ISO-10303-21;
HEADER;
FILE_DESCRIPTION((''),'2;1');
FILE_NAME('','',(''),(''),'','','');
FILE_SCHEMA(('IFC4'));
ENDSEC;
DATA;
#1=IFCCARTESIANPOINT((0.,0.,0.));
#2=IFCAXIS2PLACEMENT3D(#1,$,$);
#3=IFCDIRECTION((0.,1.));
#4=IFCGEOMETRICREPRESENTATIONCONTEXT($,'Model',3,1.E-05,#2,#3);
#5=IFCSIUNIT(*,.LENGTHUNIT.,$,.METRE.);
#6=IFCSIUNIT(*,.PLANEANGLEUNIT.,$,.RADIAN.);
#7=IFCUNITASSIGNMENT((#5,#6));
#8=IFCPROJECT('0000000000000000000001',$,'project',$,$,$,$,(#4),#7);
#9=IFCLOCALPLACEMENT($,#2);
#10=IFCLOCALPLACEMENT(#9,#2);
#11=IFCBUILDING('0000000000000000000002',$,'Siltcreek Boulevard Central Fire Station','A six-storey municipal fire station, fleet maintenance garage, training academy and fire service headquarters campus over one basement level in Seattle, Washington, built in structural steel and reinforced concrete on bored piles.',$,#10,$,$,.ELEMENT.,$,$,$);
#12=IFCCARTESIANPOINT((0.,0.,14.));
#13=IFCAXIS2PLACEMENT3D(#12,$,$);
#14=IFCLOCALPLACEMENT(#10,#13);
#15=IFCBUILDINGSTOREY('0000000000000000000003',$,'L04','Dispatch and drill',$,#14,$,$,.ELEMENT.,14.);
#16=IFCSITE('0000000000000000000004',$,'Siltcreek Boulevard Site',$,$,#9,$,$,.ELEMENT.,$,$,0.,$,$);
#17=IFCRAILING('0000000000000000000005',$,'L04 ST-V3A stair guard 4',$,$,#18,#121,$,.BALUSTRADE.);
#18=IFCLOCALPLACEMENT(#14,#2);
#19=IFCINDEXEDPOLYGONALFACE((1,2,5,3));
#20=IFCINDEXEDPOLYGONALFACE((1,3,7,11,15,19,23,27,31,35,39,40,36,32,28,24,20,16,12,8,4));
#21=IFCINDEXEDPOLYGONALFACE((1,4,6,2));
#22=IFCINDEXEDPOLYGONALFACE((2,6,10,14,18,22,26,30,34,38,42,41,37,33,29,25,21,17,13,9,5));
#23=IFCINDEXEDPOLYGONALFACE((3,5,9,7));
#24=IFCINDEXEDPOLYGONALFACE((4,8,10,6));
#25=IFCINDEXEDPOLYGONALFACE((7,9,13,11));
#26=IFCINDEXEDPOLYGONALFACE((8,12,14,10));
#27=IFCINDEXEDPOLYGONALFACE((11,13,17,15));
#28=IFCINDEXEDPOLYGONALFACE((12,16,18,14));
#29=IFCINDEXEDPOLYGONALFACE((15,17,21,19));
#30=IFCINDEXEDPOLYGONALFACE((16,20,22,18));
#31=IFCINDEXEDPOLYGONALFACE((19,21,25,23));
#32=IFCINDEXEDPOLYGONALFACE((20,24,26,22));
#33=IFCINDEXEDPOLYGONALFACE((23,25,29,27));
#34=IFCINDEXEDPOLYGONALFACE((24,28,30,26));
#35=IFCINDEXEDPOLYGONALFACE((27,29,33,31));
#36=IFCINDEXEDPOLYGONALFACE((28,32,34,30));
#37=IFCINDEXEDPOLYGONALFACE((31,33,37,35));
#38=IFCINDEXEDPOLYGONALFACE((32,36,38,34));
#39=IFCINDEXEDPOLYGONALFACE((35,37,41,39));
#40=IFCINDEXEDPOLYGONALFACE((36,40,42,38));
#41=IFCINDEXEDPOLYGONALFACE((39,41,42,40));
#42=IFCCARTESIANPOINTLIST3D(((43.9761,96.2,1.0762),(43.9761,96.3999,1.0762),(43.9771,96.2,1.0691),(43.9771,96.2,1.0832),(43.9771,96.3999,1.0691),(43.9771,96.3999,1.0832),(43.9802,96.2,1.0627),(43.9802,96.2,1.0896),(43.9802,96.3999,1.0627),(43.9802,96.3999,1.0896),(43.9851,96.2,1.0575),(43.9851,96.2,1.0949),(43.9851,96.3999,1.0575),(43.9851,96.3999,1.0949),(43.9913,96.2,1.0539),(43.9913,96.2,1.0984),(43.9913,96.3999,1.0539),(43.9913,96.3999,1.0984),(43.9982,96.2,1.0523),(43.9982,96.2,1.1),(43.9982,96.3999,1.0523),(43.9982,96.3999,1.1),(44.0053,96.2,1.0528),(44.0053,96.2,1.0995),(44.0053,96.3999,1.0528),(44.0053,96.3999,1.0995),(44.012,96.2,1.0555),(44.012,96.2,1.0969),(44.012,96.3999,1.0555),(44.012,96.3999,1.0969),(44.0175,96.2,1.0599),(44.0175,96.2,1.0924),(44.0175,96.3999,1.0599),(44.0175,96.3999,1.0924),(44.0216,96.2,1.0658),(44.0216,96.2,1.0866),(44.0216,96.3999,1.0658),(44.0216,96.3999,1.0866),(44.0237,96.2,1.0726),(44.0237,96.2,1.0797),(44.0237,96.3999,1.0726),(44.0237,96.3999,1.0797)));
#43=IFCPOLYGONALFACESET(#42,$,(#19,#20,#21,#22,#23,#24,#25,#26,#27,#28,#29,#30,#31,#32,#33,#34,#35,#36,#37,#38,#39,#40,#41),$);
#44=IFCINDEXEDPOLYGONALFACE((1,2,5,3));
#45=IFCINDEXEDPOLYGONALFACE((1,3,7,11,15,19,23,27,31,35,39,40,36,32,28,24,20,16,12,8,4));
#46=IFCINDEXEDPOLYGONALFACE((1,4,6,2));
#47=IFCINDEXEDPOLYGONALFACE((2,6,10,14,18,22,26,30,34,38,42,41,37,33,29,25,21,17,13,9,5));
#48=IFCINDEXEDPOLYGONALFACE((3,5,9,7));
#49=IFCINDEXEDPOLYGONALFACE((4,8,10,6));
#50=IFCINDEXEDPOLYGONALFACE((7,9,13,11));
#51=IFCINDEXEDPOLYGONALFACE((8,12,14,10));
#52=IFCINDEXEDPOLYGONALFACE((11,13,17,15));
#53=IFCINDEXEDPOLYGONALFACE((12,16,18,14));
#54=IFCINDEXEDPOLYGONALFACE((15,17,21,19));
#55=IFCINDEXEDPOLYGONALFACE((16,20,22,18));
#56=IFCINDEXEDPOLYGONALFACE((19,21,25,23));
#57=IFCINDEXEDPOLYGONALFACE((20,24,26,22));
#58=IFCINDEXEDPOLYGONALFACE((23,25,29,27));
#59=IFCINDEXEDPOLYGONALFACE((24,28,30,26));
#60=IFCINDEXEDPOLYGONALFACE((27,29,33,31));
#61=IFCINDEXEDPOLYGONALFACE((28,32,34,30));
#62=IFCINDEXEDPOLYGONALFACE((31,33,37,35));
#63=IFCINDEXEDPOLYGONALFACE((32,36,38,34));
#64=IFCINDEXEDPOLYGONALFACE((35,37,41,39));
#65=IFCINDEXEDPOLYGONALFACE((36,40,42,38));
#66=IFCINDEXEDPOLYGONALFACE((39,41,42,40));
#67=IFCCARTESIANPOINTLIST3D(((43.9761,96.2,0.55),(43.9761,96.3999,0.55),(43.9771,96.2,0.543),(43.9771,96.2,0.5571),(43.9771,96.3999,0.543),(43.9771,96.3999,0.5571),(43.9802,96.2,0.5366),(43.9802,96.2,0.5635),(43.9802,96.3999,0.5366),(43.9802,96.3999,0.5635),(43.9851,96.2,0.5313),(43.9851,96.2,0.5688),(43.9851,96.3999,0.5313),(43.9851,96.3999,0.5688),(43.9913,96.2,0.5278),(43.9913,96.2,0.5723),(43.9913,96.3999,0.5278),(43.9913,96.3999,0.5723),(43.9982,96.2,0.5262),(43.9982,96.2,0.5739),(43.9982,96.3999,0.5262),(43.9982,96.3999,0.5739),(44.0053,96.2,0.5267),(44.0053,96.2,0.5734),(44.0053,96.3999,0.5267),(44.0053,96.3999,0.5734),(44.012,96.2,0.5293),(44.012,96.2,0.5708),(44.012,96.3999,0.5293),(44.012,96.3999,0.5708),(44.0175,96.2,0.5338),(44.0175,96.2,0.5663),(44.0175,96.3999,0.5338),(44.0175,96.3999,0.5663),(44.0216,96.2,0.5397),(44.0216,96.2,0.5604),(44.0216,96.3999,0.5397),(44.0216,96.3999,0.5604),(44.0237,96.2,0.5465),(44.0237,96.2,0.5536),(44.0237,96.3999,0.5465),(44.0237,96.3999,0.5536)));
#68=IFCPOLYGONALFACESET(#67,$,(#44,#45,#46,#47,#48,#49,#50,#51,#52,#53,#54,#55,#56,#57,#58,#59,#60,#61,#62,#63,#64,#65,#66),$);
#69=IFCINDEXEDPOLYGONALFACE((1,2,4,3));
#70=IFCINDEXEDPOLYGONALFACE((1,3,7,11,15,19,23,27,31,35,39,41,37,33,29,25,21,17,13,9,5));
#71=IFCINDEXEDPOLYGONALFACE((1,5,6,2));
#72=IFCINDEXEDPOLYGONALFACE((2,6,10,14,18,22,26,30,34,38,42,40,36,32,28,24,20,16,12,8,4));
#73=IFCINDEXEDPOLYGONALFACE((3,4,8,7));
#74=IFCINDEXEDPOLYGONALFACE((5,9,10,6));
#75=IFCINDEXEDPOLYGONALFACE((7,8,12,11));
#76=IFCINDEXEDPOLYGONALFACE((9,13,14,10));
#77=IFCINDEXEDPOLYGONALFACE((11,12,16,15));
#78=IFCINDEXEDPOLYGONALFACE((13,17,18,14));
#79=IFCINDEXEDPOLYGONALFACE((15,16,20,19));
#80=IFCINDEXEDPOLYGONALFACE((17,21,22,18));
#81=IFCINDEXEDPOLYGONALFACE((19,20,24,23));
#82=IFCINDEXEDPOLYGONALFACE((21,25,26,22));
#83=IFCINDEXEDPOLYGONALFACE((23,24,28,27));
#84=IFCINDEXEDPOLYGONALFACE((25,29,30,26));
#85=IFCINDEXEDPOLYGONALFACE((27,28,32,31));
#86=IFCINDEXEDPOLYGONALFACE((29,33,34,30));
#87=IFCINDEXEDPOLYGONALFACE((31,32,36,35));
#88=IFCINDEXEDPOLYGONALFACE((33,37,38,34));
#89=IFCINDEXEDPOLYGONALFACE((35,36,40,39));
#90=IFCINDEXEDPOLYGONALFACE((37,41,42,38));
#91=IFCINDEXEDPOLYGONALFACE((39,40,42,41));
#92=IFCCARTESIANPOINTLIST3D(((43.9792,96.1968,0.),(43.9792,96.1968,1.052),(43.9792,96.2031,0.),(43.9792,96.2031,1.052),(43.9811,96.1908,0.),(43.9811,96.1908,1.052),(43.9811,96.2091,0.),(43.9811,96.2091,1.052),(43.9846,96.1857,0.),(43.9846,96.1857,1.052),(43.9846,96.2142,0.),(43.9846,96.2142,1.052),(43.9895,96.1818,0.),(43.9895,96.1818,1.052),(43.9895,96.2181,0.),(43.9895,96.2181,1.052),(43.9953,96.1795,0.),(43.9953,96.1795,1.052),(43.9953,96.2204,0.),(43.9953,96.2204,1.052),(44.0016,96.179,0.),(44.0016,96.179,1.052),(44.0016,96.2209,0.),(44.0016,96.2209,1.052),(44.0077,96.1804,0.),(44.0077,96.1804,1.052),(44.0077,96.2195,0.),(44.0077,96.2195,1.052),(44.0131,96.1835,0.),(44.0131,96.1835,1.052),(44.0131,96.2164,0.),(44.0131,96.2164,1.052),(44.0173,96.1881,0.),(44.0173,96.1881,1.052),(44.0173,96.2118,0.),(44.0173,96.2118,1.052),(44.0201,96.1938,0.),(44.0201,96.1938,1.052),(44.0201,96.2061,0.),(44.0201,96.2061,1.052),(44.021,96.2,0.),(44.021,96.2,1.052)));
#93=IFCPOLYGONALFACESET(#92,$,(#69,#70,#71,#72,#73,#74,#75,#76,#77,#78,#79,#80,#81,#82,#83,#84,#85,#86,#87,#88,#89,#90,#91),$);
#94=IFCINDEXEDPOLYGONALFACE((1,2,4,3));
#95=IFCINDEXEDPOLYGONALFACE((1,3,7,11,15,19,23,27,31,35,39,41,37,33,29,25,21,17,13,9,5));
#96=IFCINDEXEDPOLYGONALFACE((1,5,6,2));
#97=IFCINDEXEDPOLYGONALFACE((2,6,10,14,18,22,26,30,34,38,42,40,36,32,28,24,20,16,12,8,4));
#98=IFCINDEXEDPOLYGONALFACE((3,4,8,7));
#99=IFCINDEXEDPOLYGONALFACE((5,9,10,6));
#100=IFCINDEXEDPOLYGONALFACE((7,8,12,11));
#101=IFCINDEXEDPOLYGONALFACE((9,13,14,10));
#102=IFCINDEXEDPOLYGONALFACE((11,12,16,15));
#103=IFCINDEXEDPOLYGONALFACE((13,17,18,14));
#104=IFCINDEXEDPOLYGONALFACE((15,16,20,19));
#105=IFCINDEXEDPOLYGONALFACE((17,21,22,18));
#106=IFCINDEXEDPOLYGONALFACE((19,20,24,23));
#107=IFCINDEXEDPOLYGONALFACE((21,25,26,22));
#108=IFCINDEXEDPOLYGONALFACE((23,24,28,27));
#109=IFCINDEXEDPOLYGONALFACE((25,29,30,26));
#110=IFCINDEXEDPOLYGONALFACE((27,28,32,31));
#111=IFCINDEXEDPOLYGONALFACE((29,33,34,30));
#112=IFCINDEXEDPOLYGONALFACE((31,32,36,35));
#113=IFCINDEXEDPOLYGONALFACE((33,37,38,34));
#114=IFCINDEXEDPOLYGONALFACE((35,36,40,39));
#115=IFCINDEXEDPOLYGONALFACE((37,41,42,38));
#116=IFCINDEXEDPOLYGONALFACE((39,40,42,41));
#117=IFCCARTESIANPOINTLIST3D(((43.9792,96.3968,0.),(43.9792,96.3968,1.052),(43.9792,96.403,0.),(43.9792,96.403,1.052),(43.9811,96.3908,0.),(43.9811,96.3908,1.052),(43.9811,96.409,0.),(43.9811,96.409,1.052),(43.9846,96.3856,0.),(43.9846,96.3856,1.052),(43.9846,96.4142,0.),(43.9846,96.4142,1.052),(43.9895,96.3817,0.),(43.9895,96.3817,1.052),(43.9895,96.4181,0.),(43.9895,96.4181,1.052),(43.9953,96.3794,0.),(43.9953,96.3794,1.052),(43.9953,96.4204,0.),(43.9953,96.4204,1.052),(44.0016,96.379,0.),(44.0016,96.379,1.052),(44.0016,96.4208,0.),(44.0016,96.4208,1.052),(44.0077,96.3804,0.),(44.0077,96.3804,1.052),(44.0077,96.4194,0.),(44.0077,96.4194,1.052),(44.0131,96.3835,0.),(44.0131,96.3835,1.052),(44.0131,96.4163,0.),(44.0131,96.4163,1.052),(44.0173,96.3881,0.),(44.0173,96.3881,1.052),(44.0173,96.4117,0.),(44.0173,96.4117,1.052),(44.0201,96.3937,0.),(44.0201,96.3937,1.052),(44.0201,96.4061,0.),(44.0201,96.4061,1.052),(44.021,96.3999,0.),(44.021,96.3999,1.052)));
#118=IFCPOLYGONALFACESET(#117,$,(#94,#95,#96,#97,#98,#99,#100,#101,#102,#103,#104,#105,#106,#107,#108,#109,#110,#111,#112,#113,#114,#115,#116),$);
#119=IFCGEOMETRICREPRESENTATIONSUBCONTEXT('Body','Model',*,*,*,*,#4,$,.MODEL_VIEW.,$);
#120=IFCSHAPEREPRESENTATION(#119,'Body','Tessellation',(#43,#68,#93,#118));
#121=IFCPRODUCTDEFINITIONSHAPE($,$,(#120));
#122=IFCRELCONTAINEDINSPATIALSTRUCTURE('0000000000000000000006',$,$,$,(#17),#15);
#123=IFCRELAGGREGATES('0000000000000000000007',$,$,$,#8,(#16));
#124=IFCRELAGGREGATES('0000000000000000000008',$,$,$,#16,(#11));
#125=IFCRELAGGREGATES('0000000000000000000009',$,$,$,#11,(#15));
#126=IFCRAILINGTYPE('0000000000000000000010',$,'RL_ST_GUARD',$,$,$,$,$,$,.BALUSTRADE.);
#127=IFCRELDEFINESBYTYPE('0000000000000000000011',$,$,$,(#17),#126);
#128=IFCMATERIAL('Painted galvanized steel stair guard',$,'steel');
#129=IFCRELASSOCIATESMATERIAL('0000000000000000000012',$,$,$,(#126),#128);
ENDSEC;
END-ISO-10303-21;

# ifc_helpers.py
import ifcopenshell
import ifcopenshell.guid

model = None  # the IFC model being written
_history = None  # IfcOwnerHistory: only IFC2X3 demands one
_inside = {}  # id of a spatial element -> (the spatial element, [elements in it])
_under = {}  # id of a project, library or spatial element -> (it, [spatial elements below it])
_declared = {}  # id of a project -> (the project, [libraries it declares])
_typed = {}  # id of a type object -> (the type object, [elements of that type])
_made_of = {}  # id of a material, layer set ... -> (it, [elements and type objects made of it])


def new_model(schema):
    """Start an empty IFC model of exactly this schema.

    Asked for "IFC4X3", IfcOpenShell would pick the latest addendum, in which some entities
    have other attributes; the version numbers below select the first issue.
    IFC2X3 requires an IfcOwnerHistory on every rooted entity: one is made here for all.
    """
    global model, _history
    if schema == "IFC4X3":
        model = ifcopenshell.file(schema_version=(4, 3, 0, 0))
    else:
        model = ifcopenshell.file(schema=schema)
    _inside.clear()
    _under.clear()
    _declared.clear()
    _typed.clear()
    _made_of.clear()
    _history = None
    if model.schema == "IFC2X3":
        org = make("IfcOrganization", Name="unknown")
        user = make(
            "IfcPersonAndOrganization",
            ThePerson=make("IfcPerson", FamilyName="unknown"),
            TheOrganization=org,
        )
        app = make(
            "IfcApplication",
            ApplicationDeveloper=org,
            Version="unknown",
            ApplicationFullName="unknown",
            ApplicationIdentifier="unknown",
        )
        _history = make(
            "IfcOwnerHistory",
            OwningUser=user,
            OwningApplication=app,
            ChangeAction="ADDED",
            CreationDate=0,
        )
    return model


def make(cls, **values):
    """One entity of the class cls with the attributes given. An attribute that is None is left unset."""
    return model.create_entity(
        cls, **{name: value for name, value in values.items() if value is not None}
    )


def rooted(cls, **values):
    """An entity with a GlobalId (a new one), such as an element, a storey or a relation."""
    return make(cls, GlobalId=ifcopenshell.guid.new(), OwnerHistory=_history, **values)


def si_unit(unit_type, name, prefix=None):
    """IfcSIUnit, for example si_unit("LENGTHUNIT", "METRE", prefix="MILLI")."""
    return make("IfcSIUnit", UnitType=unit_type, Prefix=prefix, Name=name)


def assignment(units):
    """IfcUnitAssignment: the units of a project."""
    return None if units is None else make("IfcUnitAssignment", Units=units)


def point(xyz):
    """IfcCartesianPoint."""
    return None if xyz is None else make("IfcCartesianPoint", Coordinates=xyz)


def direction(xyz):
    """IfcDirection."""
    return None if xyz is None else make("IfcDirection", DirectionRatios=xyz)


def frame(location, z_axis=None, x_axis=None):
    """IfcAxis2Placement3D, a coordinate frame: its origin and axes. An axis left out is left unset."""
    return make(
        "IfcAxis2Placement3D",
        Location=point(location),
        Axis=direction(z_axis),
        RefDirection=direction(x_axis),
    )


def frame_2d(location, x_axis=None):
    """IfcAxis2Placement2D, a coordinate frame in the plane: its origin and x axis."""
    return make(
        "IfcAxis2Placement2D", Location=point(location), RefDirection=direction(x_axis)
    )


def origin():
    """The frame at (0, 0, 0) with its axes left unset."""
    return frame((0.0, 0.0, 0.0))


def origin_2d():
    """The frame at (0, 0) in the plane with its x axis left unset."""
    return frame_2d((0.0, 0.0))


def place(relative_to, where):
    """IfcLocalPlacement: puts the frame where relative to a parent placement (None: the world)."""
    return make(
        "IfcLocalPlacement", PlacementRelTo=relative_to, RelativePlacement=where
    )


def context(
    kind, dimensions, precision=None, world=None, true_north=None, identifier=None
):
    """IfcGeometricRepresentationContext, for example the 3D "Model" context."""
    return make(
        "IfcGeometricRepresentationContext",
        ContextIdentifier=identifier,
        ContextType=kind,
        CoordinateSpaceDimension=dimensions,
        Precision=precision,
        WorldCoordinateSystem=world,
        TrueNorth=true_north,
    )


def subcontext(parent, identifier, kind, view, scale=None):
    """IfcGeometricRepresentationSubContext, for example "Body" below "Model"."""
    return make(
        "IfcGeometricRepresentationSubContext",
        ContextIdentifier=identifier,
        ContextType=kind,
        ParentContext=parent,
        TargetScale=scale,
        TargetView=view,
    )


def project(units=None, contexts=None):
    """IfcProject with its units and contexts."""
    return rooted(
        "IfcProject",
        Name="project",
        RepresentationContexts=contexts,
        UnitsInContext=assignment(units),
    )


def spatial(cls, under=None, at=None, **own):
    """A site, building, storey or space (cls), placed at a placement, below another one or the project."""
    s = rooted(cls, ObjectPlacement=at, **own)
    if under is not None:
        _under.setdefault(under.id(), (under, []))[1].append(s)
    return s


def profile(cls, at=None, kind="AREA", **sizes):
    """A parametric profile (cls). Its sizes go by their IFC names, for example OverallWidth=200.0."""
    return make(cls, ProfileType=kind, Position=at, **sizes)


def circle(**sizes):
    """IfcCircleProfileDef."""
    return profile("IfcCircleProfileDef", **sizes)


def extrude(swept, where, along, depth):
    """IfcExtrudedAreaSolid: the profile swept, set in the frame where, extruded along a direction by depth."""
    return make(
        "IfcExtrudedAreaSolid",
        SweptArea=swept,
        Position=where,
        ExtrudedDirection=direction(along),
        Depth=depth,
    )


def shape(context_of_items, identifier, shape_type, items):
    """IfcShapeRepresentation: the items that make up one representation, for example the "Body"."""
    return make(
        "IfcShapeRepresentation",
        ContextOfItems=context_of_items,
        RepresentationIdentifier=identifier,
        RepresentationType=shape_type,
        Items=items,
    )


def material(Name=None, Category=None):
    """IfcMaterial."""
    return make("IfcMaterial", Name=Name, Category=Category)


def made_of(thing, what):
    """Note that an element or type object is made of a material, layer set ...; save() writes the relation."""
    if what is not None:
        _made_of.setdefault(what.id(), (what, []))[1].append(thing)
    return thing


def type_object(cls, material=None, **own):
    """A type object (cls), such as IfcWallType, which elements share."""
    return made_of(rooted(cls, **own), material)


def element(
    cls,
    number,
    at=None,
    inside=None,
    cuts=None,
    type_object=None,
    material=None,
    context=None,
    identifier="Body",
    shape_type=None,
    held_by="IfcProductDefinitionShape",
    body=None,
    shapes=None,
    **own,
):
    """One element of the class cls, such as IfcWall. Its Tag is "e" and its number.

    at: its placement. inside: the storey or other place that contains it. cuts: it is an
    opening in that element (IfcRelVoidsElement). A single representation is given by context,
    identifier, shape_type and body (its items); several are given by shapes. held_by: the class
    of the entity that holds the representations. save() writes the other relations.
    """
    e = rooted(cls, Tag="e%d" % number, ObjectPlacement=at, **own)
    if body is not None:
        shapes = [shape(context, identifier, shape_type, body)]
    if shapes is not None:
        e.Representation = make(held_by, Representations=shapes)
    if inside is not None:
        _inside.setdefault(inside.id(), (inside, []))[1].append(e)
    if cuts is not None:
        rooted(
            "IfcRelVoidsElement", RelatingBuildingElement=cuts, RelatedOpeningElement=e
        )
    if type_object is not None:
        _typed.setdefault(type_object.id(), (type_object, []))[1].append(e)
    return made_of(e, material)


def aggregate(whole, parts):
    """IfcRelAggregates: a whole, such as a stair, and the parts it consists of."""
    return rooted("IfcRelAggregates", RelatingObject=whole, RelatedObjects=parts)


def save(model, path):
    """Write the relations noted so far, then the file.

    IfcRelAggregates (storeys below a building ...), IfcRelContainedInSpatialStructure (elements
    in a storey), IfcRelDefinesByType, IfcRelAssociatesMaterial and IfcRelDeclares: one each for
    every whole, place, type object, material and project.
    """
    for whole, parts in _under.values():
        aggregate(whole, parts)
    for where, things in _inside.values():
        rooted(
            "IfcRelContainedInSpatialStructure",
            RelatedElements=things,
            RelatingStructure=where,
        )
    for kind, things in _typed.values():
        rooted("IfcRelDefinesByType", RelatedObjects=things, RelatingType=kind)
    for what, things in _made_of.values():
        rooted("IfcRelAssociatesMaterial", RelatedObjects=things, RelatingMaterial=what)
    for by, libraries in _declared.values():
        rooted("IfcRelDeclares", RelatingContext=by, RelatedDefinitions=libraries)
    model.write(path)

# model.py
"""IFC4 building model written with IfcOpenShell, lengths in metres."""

from ifc_helpers import new_model, si_unit, direction, frame, origin, origin_2d, place, context, subcontext, project, spatial, circle, extrude, material, type_object, element, save


model = new_model("IFC4")

# Units and contexts
model_context = context("Model", 3, precision=1e-05, world=origin(), true_north=direction((0.0, 1.0)))
body_context = subcontext(model_context, "Body", "Model", "MODEL_VIEW")
ifc_project = project(units=[si_unit("LENGTHUNIT", "METRE"), si_unit("PLANEANGLEUNIT", "RADIAN")], contexts=[model_context])

# Site, building, storey
site_placement = place(None, origin())
site = spatial("IfcSite", under=ifc_project, at=site_placement, Name="Siltcreek Boulevard Site", CompositionType="ELEMENT", RefElevation=0.0)
building_placement = place(site_placement, origin())
building = spatial("IfcBuilding", under=site, at=building_placement, Name="Siltcreek Boulevard Central Fire Station", Description="A six-storey municipal fire station, fleet maintenance garage, training academy and fire service headquarters campus over one basement level in Seattle, Washington, built in structural steel and reinforced concrete on bored piles.", CompositionType="ELEMENT")
storey_placement = place(building_placement, frame((0.0, 0.0, 14.0)))
storey = spatial("IfcBuildingStorey", under=building, at=storey_placement, Name="L04", Description="Dispatch and drill", CompositionType="ELEMENT", Elevation=14.0)

# Railing
ifc_material_1 = material(Name="Painted galvanized steel stair guard", Category="steel")
railing_type_1 = type_object("IfcRailingType", Name="RL_ST_GUARD", PredefinedType="BALUSTRADE", material=ifc_material_1)
railing_1_placement = place(storey_placement, frame((44.0, 96.2, 0.0)))
element("IfcRailing", 1, at=railing_1_placement, inside=storey, type_object=railing_type_1, Name="L04 ST-V3A stair guard 4", PredefinedType="BALUSTRADE", context=body_context, shape_type="SweptSolid", body=[
    extrude(circle(Radius=0.0239, at=origin_2d()), frame((0.0, 0.0, 1.0762), z_axis=(0.0, 1.0, 0.0), x_axis=(-1.0, 0.0, 0.0)), (0.0, 0.0, 1.0), 0.2),
    extrude(circle(Radius=0.0239, at=origin_2d()), frame((0.0, 0.0, 0.55), z_axis=(0.0, 1.0, 0.0), x_axis=(-1.0, 0.0, 0.0)), (0.0, 0.0, 1.0), 0.2),
    extrude(circle(Radius=0.021, at=origin_2d()), origin(), (0.0, 0.0, 1.0), 1.052),
    extrude(circle(Radius=0.021, at=origin_2d()), frame((0.0, 0.2, 0.0)), (0.0, 0.0, 1.0), 1.052),
])

save(model, "model.ifc")
